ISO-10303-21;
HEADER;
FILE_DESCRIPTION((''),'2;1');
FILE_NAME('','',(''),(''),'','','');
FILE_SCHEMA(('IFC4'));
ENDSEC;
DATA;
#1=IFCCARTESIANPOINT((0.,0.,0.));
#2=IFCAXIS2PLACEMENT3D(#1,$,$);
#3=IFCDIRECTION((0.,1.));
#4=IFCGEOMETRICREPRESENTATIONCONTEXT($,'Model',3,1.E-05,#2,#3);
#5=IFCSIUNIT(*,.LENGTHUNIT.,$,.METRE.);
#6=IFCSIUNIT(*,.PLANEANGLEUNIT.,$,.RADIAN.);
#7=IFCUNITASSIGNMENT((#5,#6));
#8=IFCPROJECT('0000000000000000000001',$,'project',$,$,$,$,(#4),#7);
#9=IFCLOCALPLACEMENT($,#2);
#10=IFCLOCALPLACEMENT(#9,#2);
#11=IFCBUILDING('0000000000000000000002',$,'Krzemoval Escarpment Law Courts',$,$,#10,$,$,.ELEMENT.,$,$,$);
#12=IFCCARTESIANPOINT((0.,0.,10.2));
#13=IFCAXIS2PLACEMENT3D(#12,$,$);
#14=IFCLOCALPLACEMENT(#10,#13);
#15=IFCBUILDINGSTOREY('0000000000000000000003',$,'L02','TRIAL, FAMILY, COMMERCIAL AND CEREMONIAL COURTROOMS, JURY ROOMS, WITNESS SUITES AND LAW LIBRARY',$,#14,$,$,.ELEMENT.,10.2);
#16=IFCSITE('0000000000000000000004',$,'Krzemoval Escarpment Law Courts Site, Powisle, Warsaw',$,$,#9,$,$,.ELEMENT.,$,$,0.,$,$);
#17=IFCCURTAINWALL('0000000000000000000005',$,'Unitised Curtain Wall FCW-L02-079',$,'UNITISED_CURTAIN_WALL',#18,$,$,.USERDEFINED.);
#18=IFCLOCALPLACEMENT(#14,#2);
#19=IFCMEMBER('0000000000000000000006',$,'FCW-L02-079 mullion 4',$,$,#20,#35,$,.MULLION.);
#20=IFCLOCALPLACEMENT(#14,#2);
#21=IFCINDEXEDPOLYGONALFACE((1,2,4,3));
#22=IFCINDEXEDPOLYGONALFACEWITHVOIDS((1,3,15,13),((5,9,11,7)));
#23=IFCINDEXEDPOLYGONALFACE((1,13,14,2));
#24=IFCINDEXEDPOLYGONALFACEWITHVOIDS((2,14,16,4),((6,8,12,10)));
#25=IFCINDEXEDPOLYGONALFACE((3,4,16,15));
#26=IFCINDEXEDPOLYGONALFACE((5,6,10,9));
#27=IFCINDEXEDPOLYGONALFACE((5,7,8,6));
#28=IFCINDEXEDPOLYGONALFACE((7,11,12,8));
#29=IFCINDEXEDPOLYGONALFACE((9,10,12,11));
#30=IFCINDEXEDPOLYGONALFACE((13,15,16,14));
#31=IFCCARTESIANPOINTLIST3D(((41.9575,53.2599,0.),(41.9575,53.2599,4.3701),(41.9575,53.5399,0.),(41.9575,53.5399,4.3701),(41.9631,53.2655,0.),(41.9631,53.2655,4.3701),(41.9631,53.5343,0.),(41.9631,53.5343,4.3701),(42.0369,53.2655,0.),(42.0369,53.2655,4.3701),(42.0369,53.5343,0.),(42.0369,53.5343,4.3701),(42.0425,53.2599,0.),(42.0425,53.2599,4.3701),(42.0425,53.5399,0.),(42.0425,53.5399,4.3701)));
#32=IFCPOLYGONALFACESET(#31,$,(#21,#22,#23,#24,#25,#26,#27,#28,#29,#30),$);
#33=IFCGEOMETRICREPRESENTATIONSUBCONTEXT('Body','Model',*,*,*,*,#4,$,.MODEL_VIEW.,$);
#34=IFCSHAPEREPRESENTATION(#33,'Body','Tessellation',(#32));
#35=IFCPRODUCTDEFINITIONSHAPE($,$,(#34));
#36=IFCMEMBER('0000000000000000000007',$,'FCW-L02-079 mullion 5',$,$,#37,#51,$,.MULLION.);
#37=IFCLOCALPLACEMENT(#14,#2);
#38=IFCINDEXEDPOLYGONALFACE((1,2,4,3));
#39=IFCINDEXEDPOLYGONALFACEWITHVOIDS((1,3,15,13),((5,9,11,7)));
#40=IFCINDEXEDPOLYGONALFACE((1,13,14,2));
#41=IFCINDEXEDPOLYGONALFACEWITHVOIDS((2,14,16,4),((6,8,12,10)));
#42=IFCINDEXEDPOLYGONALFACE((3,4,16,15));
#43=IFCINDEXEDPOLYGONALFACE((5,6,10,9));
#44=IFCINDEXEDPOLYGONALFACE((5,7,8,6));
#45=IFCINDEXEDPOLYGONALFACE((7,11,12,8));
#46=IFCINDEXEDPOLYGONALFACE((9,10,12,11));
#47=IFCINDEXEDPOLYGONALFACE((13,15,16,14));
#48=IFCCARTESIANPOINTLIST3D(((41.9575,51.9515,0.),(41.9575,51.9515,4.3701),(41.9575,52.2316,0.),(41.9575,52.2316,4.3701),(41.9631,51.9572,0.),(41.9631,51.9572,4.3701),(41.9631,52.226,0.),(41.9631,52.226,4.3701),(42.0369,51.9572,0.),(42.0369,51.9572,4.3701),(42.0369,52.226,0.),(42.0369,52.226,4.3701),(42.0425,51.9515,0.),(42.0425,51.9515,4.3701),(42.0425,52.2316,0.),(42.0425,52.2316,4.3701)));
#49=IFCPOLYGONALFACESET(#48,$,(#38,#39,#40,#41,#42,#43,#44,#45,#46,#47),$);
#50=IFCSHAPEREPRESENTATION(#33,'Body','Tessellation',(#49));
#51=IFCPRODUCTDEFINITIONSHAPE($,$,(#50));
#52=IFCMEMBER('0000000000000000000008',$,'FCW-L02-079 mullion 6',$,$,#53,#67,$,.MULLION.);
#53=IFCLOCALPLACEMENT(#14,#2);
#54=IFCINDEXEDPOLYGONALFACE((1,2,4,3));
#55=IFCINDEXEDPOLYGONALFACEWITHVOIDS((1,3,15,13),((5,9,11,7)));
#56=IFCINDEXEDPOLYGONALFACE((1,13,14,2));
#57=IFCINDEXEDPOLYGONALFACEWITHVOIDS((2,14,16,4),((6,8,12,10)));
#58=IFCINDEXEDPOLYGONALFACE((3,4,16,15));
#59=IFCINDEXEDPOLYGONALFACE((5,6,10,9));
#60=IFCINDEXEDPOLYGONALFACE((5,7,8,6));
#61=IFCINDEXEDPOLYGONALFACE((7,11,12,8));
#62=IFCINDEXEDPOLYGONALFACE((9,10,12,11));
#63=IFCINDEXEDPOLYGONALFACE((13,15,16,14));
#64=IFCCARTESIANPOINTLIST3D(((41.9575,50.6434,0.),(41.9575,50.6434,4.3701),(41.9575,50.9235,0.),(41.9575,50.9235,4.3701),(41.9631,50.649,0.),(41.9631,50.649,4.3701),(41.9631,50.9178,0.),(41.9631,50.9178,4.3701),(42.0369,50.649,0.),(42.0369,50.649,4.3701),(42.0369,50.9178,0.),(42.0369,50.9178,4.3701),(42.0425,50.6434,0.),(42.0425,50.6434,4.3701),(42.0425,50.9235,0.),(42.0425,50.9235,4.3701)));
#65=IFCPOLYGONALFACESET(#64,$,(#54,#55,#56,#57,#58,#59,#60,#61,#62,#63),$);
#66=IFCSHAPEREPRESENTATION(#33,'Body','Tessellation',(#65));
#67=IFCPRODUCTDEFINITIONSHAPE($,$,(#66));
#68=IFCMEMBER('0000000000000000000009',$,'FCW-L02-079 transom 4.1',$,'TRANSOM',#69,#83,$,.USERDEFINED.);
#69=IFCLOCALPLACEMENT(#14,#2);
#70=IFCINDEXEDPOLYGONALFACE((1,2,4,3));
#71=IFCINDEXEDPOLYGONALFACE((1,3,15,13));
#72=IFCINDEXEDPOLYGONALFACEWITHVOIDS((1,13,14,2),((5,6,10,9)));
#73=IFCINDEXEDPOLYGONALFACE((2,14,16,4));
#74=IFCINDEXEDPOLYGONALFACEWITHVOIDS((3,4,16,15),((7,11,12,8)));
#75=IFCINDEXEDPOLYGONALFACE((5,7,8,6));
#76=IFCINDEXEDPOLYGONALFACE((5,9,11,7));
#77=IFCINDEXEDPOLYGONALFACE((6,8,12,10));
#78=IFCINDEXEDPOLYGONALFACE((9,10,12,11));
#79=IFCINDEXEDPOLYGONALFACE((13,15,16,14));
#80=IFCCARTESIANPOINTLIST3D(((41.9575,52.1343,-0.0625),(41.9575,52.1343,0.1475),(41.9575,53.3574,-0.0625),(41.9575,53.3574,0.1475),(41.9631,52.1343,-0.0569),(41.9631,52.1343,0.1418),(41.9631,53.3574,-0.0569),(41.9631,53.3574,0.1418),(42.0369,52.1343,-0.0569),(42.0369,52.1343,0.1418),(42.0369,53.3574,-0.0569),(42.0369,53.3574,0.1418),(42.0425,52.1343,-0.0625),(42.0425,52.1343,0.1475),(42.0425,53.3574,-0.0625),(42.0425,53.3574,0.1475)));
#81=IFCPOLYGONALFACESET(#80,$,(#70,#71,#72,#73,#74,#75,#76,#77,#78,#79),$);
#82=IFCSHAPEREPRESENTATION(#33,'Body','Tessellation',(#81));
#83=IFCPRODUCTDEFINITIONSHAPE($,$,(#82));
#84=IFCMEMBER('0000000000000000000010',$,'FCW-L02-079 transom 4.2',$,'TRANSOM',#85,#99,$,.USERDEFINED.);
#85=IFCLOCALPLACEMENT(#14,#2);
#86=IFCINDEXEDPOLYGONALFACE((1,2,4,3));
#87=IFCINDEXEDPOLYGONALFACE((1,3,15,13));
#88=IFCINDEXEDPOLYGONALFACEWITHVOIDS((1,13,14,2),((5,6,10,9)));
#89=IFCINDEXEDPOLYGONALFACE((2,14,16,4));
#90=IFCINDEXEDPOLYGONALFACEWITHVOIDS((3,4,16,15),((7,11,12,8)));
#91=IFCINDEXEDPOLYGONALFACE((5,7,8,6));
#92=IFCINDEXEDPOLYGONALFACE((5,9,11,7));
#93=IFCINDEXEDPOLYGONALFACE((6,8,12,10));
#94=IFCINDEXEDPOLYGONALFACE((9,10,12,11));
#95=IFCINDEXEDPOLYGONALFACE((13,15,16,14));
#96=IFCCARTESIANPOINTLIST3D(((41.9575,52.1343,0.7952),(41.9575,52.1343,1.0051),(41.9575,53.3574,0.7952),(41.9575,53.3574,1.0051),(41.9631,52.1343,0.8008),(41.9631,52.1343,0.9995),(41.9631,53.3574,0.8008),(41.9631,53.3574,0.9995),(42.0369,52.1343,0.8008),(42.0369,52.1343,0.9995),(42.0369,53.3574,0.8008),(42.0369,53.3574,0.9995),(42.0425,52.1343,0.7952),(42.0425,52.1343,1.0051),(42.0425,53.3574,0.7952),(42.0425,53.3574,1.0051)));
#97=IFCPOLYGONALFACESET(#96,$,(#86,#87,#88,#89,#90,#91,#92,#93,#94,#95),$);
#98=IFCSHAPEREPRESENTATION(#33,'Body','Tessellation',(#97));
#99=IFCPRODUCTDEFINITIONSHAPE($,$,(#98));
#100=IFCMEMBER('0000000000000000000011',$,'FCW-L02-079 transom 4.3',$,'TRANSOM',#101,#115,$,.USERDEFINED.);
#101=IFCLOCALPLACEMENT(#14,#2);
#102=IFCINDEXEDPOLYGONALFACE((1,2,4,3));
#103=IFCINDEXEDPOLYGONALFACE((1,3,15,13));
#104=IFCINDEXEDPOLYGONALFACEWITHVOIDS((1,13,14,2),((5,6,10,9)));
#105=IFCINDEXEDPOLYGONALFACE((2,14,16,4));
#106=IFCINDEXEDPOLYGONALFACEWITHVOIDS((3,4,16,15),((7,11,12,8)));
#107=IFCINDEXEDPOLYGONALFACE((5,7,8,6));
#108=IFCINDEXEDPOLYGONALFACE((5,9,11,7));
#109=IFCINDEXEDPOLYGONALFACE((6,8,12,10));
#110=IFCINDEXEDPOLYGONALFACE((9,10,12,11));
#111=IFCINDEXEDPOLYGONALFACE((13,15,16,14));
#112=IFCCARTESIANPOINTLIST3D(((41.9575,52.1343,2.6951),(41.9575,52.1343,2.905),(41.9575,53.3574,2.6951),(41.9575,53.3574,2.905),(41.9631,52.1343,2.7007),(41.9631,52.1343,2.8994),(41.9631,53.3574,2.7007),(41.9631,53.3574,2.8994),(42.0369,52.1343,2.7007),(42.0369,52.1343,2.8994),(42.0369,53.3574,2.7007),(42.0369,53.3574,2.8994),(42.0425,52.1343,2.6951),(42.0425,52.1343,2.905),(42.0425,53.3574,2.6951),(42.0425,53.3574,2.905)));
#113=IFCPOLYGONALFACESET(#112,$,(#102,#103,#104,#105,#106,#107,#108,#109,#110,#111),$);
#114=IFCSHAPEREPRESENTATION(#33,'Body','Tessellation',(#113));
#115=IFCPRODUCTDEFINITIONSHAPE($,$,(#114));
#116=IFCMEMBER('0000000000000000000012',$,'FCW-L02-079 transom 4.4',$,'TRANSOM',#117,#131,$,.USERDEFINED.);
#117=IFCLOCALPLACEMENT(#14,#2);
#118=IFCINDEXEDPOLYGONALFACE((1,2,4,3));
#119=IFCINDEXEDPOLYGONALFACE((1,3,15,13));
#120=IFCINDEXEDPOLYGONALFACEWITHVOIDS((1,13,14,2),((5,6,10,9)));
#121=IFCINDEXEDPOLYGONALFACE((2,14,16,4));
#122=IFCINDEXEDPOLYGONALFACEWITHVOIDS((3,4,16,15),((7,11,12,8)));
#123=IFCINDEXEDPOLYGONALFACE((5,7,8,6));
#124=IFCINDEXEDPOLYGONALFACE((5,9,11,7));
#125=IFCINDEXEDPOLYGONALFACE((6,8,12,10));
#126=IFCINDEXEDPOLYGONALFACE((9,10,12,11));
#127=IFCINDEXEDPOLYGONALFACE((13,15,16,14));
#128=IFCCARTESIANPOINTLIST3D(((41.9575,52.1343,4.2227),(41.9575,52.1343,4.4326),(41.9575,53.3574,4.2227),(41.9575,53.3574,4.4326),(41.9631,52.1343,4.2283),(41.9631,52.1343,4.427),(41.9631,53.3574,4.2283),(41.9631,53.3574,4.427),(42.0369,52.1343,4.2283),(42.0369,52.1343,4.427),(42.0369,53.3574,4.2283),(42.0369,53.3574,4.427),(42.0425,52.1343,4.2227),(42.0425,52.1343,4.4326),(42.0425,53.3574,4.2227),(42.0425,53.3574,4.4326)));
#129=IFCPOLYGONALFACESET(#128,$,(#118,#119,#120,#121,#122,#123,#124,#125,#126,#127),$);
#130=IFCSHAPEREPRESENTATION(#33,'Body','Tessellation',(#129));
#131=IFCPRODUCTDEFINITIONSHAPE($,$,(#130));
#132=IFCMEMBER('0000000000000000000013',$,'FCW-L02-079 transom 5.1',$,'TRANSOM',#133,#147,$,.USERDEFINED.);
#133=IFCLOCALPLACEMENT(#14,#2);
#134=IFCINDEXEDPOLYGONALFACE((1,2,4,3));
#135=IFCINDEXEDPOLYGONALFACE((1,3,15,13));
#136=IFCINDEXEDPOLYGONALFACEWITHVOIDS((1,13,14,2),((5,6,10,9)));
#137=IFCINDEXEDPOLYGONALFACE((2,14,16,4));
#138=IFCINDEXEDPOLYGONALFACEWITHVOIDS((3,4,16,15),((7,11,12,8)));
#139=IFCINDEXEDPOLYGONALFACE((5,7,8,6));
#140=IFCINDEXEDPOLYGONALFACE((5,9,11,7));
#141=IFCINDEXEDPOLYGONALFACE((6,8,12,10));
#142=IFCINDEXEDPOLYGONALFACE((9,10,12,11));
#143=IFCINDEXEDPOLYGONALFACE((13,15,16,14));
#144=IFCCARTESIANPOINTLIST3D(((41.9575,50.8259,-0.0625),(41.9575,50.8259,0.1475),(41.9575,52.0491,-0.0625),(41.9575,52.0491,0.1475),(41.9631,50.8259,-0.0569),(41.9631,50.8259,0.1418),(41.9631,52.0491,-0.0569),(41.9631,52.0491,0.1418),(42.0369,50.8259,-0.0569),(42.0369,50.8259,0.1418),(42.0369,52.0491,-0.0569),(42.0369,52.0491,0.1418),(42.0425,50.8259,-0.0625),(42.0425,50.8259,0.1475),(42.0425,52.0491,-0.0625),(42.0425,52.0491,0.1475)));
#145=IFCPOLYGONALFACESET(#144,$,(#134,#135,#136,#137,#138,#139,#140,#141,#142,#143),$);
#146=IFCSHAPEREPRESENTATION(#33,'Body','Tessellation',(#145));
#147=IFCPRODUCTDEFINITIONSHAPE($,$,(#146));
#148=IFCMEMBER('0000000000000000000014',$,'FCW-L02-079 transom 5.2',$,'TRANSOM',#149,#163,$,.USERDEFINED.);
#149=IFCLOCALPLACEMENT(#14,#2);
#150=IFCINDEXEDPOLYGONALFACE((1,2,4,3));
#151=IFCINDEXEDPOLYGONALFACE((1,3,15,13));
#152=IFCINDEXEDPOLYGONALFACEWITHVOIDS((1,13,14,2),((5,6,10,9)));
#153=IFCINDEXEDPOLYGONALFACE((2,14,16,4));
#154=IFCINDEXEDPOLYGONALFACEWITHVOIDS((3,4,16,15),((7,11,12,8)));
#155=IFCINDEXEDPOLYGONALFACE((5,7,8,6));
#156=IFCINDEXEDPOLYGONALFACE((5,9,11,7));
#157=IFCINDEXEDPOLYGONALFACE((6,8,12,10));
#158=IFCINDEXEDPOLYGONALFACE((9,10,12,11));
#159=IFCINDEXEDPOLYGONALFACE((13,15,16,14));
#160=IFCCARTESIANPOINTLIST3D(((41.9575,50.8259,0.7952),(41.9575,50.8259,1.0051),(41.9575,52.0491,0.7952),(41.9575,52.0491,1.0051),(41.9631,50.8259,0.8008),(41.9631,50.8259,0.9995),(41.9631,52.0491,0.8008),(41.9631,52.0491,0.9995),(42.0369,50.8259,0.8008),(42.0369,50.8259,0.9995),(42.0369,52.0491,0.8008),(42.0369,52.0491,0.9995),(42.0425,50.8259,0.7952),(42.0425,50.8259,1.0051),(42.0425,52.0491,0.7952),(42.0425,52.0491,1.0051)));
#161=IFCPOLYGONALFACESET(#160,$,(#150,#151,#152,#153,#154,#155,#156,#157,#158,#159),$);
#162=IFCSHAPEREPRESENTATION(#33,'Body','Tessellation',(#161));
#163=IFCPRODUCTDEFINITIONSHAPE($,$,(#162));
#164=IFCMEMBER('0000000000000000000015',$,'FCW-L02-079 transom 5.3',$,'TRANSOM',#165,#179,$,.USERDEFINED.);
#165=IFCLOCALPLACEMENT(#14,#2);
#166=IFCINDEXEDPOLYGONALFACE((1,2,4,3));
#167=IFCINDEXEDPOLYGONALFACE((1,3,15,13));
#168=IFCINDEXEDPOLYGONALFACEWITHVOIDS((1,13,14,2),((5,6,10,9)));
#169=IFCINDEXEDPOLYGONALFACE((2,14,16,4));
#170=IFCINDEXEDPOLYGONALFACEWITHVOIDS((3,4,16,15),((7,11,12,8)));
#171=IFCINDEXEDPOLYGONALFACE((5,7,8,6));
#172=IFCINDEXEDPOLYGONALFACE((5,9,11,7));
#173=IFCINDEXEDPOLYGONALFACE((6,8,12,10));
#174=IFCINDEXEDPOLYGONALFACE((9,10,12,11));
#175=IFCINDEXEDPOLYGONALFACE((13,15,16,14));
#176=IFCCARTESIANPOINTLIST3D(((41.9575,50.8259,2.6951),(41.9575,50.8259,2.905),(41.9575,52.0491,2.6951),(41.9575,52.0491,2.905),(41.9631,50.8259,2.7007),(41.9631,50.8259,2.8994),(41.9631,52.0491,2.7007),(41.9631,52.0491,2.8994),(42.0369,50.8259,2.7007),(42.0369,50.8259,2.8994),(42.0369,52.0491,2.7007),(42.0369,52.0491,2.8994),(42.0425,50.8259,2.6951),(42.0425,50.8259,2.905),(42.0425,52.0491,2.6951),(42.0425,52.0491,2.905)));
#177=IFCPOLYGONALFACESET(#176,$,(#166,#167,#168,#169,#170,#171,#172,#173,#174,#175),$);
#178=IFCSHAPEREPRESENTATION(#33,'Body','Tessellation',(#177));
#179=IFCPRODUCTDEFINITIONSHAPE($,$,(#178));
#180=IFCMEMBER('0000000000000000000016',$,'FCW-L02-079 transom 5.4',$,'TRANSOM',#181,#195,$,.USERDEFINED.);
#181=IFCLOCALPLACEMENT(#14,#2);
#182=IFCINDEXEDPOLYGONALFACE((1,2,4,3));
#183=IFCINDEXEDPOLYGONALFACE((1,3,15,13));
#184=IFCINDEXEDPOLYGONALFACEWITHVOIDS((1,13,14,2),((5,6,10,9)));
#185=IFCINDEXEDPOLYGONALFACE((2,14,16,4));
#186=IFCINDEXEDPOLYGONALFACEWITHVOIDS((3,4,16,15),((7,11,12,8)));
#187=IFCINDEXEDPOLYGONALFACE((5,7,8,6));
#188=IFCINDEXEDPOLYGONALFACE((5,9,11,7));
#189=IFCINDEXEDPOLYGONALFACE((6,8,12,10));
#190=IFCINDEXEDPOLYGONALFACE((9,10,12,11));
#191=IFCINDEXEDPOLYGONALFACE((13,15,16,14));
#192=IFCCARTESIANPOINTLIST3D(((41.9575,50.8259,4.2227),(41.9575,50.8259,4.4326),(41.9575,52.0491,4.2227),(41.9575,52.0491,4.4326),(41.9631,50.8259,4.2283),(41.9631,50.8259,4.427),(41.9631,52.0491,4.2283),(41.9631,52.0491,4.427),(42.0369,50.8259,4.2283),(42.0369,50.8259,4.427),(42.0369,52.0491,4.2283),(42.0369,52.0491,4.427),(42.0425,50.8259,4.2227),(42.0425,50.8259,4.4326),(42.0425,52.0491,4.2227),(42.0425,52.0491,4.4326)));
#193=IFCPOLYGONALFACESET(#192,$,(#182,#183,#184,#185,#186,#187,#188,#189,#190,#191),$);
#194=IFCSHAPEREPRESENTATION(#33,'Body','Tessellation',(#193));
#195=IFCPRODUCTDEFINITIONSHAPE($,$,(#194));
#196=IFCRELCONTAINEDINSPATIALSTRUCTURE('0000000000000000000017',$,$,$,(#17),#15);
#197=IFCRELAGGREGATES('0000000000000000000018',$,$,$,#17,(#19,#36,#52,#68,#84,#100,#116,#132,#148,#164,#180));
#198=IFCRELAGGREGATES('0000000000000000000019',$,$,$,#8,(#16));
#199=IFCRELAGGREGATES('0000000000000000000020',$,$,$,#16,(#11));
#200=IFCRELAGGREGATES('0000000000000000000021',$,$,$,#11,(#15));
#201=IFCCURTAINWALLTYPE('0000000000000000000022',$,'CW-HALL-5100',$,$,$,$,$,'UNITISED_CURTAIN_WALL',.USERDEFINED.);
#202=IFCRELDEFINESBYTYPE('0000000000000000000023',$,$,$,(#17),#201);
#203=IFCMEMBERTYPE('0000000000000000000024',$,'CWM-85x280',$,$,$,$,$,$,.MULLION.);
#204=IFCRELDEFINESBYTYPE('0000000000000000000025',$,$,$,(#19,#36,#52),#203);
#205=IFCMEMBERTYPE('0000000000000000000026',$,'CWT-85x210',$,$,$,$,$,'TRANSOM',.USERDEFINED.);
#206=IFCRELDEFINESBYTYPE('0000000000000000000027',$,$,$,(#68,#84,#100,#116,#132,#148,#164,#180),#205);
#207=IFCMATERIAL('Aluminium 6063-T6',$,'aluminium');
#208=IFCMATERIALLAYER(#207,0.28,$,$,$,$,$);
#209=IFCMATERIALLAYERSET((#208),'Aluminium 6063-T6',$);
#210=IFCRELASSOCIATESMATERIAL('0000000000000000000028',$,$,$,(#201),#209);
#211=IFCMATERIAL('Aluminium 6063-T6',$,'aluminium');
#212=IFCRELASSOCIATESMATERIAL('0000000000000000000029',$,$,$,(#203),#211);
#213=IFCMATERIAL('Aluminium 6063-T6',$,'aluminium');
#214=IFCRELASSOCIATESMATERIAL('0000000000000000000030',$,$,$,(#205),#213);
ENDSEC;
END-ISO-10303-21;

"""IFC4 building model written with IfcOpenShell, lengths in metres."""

from ifc_helpers import new_model, si_unit, direction, frame, origin, origin_2d, place, context, subcontext, project, spatial, hollow_rectangle, extrude, material, layer, layer_set, material_profile, profile_set, type_object, element, aggregate, save


model = new_model("IFC4")

# Units and contexts
model_context = context("Model", 3, precision=1e-05, world=origin(), true_north=direction((0.0, 1.0)))
body_context = subcontext(model_context, "Body", "Model", "MODEL_VIEW")
ifc_project = project(units=[si_unit("LENGTHUNIT", "METRE"), si_unit("PLANEANGLEUNIT", "RADIAN")], contexts=[model_context])

# Site, building, storey
site_placement = place(None, origin())
site = spatial("IfcSite", under=ifc_project, at=site_placement, Name="Krzemoval Escarpment Law Courts Site, Powisle, Warsaw", CompositionType="ELEMENT", RefElevation=0.0)
building_placement = place(site_placement, origin())
building = spatial("IfcBuilding", under=site, at=building_placement, Name="Krzemoval Escarpment Law Courts", CompositionType="ELEMENT")
storey_placement = place(building_placement, frame((0.0, 0.0, 10.2)))
storey = spatial("IfcBuildingStorey", under=building, at=storey_placement, Name="L02", Description="TRIAL, FAMILY, COMMERCIAL AND CEREMONIAL COURTROOMS, JURY ROOMS, WITNESS SUITES AND LAW LIBRARY", CompositionType="ELEMENT", Elevation=10.2)

# Curtain wall, members
ifc_material_1 = material(Name="Aluminium 6063-T6", Category="aluminium")
ifc_layer_1 = layer(ifc_material_1, 0.28)
ifc_layer_set_1 = layer_set([ifc_layer_1], Name="Aluminium 6063-T6")
curtain_wall_type = type_object("IfcCurtainWallType", Name="CW-HALL-5100", ElementType="UNITISED_CURTAIN_WALL", PredefinedType="USERDEFINED", material=ifc_layer_set_1)
curtain_wall_placement = place(storey_placement, origin())
curtain_wall = element("IfcCurtainWall", 1, at=curtain_wall_placement, inside=storey, type_object=curtain_wall_type, Name="Unitised Curtain Wall FCW-L02-079", ObjectType="UNITISED_CURTAIN_WALL", PredefinedType="USERDEFINED")
ifc_material_2 = material(Name="Aluminium 6063-T6", Category="aluminium")
ifc_material_profile_1 = material_profile(ifc_material_2, hollow_rectangle(XDim=0.085, YDim=0.28, WallThickness=0.0056, at=origin_2d()), Name="ALU M85x280")
ifc_profile_set_1 = profile_set([ifc_material_profile_1], Name="Aluminium 6063-T6")
member_type_1 = type_object("IfcMemberType", Name="CWM-85x280", PredefinedType="MULLION", material=ifc_profile_set_1)
member_1_placement = place(storey_placement, frame((42.0, 53.3999, 0.0), z_axis=(0.0, 0.0, 1.0), x_axis=(1.0, 0.0, 0.0)))
member_1 = element("IfcMember", 2, at=member_1_placement, type_object=member_type_1, Name="FCW-L02-079 mullion 4", PredefinedType="MULLION", context=body_context, shape_type="SweptSolid", body=[
    extrude(hollow_rectangle(XDim=0.085, YDim=0.28, WallThickness=0.0056, at=origin_2d()), origin(), (0.0, 0.0, 1.0), 4.3701),
])
member_2_placement = place(storey_placement, frame((42.0, 52.0916, 0.0), z_axis=(0.0, 0.0, 1.0), x_axis=(1.0, 0.0, 0.0)))
member_2 = element("IfcMember", 3, at=member_2_placement, type_object=member_type_1, Name="FCW-L02-079 mullion 5", PredefinedType="MULLION", context=body_context, shape_type="SweptSolid", body=[
    extrude(hollow_rectangle(XDim=0.085, YDim=0.28, WallThickness=0.0056, at=origin_2d()), origin(), (0.0, 0.0, 1.0), 4.3701),
])
member_3_placement = place(storey_placement, frame((42.0, 50.7834, 0.0), z_axis=(0.0, 0.0, 1.0), x_axis=(1.0, 0.0, 0.0)))
member_3 = element("IfcMember", 4, at=member_3_placement, type_object=member_type_1, Name="FCW-L02-079 mullion 6", PredefinedType="MULLION", context=body_context, shape_type="SweptSolid", body=[
    extrude(hollow_rectangle(XDim=0.085, YDim=0.28, WallThickness=0.0056, at=origin_2d()), origin(), (0.0, 0.0, 1.0), 4.3701),
])
ifc_material_3 = material(Name="Aluminium 6063-T6", Category="aluminium")
ifc_material_profile_2 = material_profile(ifc_material_3, hollow_rectangle(XDim=0.085, YDim=0.21, WallThickness=0.0056, at=origin_2d()), Name="ALU T85x210")
ifc_profile_set_2 = profile_set([ifc_material_profile_2], Name="Aluminium 6063-T6")
member_type_2 = type_object("IfcMemberType", Name="CWT-85x210", ElementType="TRANSOM", PredefinedType="USERDEFINED", material=ifc_profile_set_2)
member_4_placement = place(storey_placement, frame((42.0, 53.3574, 0.0425), z_axis=(0.0, -1.0, 0.0), x_axis=(1.0, 0.0, 0.0)))
member_4 = element("IfcMember", 5, at=member_4_placement, type_object=member_type_2, Name="FCW-L02-079 transom 4.1", ObjectType="TRANSOM", PredefinedType="USERDEFINED", context=body_context, shape_type="SweptSolid", body=[
    extrude(hollow_rectangle(XDim=0.085, YDim=0.21, WallThickness=0.0056, at=origin_2d()), origin(), (0.0, 0.0, 1.0), 1.2231),
])
member_5_placement = place(storey_placement, frame((42.0, 53.3574, 0.9001), z_axis=(0.0, -1.0, 0.0), x_axis=(1.0, 0.0, 0.0)))
member_5 = element("IfcMember", 6, at=member_5_placement, type_object=member_type_2, Name="FCW-L02-079 transom 4.2", ObjectType="TRANSOM", PredefinedType="USERDEFINED", context=body_context, shape_type="SweptSolid", body=[
    extrude(hollow_rectangle(XDim=0.085, YDim=0.21, WallThickness=0.0056, at=origin_2d()), origin(), (0.0, 0.0, 1.0), 1.2231),
])
member_6_placement = place(storey_placement, frame((42.0, 53.3574, 2.8), z_axis=(0.0, -1.0, 0.0), x_axis=(1.0, 0.0, 0.0)))
member_6 = element("IfcMember", 7, at=member_6_placement, type_object=member_type_2, Name="FCW-L02-079 transom 4.3", ObjectType="TRANSOM", PredefinedType="USERDEFINED", context=body_context, shape_type="SweptSolid", body=[
    extrude(hollow_rectangle(XDim=0.085, YDim=0.21, WallThickness=0.0056, at=origin_2d()), origin(), (0.0, 0.0, 1.0), 1.2231),
])
member_7_placement = place(storey_placement, frame((42.0, 53.3574, 4.3276), z_axis=(0.0, -1.0, 0.0), x_axis=(1.0, 0.0, 0.0)))
member_7 = element("IfcMember", 8, at=member_7_placement, type_object=member_type_2, Name="FCW-L02-079 transom 4.4", ObjectType="TRANSOM", PredefinedType="USERDEFINED", context=body_context, shape_type="SweptSolid", body=[
    extrude(hollow_rectangle(XDim=0.085, YDim=0.21, WallThickness=0.0056, at=origin_2d()), origin(), (0.0, 0.0, 1.0), 1.2231),
])
member_8_placement = place(storey_placement, frame((42.0, 52.0491, 0.0425), z_axis=(0.0, -1.0, 0.0), x_axis=(1.0, 0.0, 0.0)))
member_8 = element("IfcMember", 9, at=member_8_placement, type_object=member_type_2, Name="FCW-L02-079 transom 5.1", ObjectType="TRANSOM", PredefinedType="USERDEFINED", context=body_context, shape_type="SweptSolid", body=[
    extrude(hollow_rectangle(XDim=0.085, YDim=0.21, WallThickness=0.0056, at=origin_2d()), origin(), (0.0, 0.0, 1.0), 1.2231),
])
member_9_placement = place(storey_placement, frame((42.0, 52.0491, 0.9001), z_axis=(0.0, -1.0, 0.0), x_axis=(1.0, 0.0, 0.0)))
member_9 = element("IfcMember", 10, at=member_9_placement, type_object=member_type_2, Name="FCW-L02-079 transom 5.2", ObjectType="TRANSOM", PredefinedType="USERDEFINED", context=body_context, shape_type="SweptSolid", body=[
    extrude(hollow_rectangle(XDim=0.085, YDim=0.21, WallThickness=0.0056, at=origin_2d()), origin(), (0.0, 0.0, 1.0), 1.2231),
])
member_10_placement = place(storey_placement, frame((42.0, 52.0491, 2.8), z_axis=(0.0, -1.0, 0.0), x_axis=(1.0, 0.0, 0.0)))
member_10 = element("IfcMember", 11, at=member_10_placement, type_object=member_type_2, Name="FCW-L02-079 transom 5.3", ObjectType="TRANSOM", PredefinedType="USERDEFINED", context=body_context, shape_type="SweptSolid", body=[
    extrude(hollow_rectangle(XDim=0.085, YDim=0.21, WallThickness=0.0056, at=origin_2d()), origin(), (0.0, 0.0, 1.0), 1.2231),
])
member_11_placement = place(storey_placement, frame((42.0, 52.0491, 4.3276), z_axis=(0.0, -1.0, 0.0), x_axis=(1.0, 0.0, 0.0)))
member_11 = element("IfcMember", 12, at=member_11_placement, type_object=member_type_2, Name="FCW-L02-079 transom 5.4", ObjectType="TRANSOM", PredefinedType="USERDEFINED", context=body_context, shape_type="SweptSolid", body=[
    extrude(hollow_rectangle(XDim=0.085, YDim=0.21, WallThickness=0.0056, at=origin_2d()), origin(), (0.0, 0.0, 1.0), 1.2231),
])

aggregate(curtain_wall, [member_1, member_2, member_3, member_4, member_5, member_6, member_7, member_8, member_9, member_10, member_11])

save(model, "model.ifc")
